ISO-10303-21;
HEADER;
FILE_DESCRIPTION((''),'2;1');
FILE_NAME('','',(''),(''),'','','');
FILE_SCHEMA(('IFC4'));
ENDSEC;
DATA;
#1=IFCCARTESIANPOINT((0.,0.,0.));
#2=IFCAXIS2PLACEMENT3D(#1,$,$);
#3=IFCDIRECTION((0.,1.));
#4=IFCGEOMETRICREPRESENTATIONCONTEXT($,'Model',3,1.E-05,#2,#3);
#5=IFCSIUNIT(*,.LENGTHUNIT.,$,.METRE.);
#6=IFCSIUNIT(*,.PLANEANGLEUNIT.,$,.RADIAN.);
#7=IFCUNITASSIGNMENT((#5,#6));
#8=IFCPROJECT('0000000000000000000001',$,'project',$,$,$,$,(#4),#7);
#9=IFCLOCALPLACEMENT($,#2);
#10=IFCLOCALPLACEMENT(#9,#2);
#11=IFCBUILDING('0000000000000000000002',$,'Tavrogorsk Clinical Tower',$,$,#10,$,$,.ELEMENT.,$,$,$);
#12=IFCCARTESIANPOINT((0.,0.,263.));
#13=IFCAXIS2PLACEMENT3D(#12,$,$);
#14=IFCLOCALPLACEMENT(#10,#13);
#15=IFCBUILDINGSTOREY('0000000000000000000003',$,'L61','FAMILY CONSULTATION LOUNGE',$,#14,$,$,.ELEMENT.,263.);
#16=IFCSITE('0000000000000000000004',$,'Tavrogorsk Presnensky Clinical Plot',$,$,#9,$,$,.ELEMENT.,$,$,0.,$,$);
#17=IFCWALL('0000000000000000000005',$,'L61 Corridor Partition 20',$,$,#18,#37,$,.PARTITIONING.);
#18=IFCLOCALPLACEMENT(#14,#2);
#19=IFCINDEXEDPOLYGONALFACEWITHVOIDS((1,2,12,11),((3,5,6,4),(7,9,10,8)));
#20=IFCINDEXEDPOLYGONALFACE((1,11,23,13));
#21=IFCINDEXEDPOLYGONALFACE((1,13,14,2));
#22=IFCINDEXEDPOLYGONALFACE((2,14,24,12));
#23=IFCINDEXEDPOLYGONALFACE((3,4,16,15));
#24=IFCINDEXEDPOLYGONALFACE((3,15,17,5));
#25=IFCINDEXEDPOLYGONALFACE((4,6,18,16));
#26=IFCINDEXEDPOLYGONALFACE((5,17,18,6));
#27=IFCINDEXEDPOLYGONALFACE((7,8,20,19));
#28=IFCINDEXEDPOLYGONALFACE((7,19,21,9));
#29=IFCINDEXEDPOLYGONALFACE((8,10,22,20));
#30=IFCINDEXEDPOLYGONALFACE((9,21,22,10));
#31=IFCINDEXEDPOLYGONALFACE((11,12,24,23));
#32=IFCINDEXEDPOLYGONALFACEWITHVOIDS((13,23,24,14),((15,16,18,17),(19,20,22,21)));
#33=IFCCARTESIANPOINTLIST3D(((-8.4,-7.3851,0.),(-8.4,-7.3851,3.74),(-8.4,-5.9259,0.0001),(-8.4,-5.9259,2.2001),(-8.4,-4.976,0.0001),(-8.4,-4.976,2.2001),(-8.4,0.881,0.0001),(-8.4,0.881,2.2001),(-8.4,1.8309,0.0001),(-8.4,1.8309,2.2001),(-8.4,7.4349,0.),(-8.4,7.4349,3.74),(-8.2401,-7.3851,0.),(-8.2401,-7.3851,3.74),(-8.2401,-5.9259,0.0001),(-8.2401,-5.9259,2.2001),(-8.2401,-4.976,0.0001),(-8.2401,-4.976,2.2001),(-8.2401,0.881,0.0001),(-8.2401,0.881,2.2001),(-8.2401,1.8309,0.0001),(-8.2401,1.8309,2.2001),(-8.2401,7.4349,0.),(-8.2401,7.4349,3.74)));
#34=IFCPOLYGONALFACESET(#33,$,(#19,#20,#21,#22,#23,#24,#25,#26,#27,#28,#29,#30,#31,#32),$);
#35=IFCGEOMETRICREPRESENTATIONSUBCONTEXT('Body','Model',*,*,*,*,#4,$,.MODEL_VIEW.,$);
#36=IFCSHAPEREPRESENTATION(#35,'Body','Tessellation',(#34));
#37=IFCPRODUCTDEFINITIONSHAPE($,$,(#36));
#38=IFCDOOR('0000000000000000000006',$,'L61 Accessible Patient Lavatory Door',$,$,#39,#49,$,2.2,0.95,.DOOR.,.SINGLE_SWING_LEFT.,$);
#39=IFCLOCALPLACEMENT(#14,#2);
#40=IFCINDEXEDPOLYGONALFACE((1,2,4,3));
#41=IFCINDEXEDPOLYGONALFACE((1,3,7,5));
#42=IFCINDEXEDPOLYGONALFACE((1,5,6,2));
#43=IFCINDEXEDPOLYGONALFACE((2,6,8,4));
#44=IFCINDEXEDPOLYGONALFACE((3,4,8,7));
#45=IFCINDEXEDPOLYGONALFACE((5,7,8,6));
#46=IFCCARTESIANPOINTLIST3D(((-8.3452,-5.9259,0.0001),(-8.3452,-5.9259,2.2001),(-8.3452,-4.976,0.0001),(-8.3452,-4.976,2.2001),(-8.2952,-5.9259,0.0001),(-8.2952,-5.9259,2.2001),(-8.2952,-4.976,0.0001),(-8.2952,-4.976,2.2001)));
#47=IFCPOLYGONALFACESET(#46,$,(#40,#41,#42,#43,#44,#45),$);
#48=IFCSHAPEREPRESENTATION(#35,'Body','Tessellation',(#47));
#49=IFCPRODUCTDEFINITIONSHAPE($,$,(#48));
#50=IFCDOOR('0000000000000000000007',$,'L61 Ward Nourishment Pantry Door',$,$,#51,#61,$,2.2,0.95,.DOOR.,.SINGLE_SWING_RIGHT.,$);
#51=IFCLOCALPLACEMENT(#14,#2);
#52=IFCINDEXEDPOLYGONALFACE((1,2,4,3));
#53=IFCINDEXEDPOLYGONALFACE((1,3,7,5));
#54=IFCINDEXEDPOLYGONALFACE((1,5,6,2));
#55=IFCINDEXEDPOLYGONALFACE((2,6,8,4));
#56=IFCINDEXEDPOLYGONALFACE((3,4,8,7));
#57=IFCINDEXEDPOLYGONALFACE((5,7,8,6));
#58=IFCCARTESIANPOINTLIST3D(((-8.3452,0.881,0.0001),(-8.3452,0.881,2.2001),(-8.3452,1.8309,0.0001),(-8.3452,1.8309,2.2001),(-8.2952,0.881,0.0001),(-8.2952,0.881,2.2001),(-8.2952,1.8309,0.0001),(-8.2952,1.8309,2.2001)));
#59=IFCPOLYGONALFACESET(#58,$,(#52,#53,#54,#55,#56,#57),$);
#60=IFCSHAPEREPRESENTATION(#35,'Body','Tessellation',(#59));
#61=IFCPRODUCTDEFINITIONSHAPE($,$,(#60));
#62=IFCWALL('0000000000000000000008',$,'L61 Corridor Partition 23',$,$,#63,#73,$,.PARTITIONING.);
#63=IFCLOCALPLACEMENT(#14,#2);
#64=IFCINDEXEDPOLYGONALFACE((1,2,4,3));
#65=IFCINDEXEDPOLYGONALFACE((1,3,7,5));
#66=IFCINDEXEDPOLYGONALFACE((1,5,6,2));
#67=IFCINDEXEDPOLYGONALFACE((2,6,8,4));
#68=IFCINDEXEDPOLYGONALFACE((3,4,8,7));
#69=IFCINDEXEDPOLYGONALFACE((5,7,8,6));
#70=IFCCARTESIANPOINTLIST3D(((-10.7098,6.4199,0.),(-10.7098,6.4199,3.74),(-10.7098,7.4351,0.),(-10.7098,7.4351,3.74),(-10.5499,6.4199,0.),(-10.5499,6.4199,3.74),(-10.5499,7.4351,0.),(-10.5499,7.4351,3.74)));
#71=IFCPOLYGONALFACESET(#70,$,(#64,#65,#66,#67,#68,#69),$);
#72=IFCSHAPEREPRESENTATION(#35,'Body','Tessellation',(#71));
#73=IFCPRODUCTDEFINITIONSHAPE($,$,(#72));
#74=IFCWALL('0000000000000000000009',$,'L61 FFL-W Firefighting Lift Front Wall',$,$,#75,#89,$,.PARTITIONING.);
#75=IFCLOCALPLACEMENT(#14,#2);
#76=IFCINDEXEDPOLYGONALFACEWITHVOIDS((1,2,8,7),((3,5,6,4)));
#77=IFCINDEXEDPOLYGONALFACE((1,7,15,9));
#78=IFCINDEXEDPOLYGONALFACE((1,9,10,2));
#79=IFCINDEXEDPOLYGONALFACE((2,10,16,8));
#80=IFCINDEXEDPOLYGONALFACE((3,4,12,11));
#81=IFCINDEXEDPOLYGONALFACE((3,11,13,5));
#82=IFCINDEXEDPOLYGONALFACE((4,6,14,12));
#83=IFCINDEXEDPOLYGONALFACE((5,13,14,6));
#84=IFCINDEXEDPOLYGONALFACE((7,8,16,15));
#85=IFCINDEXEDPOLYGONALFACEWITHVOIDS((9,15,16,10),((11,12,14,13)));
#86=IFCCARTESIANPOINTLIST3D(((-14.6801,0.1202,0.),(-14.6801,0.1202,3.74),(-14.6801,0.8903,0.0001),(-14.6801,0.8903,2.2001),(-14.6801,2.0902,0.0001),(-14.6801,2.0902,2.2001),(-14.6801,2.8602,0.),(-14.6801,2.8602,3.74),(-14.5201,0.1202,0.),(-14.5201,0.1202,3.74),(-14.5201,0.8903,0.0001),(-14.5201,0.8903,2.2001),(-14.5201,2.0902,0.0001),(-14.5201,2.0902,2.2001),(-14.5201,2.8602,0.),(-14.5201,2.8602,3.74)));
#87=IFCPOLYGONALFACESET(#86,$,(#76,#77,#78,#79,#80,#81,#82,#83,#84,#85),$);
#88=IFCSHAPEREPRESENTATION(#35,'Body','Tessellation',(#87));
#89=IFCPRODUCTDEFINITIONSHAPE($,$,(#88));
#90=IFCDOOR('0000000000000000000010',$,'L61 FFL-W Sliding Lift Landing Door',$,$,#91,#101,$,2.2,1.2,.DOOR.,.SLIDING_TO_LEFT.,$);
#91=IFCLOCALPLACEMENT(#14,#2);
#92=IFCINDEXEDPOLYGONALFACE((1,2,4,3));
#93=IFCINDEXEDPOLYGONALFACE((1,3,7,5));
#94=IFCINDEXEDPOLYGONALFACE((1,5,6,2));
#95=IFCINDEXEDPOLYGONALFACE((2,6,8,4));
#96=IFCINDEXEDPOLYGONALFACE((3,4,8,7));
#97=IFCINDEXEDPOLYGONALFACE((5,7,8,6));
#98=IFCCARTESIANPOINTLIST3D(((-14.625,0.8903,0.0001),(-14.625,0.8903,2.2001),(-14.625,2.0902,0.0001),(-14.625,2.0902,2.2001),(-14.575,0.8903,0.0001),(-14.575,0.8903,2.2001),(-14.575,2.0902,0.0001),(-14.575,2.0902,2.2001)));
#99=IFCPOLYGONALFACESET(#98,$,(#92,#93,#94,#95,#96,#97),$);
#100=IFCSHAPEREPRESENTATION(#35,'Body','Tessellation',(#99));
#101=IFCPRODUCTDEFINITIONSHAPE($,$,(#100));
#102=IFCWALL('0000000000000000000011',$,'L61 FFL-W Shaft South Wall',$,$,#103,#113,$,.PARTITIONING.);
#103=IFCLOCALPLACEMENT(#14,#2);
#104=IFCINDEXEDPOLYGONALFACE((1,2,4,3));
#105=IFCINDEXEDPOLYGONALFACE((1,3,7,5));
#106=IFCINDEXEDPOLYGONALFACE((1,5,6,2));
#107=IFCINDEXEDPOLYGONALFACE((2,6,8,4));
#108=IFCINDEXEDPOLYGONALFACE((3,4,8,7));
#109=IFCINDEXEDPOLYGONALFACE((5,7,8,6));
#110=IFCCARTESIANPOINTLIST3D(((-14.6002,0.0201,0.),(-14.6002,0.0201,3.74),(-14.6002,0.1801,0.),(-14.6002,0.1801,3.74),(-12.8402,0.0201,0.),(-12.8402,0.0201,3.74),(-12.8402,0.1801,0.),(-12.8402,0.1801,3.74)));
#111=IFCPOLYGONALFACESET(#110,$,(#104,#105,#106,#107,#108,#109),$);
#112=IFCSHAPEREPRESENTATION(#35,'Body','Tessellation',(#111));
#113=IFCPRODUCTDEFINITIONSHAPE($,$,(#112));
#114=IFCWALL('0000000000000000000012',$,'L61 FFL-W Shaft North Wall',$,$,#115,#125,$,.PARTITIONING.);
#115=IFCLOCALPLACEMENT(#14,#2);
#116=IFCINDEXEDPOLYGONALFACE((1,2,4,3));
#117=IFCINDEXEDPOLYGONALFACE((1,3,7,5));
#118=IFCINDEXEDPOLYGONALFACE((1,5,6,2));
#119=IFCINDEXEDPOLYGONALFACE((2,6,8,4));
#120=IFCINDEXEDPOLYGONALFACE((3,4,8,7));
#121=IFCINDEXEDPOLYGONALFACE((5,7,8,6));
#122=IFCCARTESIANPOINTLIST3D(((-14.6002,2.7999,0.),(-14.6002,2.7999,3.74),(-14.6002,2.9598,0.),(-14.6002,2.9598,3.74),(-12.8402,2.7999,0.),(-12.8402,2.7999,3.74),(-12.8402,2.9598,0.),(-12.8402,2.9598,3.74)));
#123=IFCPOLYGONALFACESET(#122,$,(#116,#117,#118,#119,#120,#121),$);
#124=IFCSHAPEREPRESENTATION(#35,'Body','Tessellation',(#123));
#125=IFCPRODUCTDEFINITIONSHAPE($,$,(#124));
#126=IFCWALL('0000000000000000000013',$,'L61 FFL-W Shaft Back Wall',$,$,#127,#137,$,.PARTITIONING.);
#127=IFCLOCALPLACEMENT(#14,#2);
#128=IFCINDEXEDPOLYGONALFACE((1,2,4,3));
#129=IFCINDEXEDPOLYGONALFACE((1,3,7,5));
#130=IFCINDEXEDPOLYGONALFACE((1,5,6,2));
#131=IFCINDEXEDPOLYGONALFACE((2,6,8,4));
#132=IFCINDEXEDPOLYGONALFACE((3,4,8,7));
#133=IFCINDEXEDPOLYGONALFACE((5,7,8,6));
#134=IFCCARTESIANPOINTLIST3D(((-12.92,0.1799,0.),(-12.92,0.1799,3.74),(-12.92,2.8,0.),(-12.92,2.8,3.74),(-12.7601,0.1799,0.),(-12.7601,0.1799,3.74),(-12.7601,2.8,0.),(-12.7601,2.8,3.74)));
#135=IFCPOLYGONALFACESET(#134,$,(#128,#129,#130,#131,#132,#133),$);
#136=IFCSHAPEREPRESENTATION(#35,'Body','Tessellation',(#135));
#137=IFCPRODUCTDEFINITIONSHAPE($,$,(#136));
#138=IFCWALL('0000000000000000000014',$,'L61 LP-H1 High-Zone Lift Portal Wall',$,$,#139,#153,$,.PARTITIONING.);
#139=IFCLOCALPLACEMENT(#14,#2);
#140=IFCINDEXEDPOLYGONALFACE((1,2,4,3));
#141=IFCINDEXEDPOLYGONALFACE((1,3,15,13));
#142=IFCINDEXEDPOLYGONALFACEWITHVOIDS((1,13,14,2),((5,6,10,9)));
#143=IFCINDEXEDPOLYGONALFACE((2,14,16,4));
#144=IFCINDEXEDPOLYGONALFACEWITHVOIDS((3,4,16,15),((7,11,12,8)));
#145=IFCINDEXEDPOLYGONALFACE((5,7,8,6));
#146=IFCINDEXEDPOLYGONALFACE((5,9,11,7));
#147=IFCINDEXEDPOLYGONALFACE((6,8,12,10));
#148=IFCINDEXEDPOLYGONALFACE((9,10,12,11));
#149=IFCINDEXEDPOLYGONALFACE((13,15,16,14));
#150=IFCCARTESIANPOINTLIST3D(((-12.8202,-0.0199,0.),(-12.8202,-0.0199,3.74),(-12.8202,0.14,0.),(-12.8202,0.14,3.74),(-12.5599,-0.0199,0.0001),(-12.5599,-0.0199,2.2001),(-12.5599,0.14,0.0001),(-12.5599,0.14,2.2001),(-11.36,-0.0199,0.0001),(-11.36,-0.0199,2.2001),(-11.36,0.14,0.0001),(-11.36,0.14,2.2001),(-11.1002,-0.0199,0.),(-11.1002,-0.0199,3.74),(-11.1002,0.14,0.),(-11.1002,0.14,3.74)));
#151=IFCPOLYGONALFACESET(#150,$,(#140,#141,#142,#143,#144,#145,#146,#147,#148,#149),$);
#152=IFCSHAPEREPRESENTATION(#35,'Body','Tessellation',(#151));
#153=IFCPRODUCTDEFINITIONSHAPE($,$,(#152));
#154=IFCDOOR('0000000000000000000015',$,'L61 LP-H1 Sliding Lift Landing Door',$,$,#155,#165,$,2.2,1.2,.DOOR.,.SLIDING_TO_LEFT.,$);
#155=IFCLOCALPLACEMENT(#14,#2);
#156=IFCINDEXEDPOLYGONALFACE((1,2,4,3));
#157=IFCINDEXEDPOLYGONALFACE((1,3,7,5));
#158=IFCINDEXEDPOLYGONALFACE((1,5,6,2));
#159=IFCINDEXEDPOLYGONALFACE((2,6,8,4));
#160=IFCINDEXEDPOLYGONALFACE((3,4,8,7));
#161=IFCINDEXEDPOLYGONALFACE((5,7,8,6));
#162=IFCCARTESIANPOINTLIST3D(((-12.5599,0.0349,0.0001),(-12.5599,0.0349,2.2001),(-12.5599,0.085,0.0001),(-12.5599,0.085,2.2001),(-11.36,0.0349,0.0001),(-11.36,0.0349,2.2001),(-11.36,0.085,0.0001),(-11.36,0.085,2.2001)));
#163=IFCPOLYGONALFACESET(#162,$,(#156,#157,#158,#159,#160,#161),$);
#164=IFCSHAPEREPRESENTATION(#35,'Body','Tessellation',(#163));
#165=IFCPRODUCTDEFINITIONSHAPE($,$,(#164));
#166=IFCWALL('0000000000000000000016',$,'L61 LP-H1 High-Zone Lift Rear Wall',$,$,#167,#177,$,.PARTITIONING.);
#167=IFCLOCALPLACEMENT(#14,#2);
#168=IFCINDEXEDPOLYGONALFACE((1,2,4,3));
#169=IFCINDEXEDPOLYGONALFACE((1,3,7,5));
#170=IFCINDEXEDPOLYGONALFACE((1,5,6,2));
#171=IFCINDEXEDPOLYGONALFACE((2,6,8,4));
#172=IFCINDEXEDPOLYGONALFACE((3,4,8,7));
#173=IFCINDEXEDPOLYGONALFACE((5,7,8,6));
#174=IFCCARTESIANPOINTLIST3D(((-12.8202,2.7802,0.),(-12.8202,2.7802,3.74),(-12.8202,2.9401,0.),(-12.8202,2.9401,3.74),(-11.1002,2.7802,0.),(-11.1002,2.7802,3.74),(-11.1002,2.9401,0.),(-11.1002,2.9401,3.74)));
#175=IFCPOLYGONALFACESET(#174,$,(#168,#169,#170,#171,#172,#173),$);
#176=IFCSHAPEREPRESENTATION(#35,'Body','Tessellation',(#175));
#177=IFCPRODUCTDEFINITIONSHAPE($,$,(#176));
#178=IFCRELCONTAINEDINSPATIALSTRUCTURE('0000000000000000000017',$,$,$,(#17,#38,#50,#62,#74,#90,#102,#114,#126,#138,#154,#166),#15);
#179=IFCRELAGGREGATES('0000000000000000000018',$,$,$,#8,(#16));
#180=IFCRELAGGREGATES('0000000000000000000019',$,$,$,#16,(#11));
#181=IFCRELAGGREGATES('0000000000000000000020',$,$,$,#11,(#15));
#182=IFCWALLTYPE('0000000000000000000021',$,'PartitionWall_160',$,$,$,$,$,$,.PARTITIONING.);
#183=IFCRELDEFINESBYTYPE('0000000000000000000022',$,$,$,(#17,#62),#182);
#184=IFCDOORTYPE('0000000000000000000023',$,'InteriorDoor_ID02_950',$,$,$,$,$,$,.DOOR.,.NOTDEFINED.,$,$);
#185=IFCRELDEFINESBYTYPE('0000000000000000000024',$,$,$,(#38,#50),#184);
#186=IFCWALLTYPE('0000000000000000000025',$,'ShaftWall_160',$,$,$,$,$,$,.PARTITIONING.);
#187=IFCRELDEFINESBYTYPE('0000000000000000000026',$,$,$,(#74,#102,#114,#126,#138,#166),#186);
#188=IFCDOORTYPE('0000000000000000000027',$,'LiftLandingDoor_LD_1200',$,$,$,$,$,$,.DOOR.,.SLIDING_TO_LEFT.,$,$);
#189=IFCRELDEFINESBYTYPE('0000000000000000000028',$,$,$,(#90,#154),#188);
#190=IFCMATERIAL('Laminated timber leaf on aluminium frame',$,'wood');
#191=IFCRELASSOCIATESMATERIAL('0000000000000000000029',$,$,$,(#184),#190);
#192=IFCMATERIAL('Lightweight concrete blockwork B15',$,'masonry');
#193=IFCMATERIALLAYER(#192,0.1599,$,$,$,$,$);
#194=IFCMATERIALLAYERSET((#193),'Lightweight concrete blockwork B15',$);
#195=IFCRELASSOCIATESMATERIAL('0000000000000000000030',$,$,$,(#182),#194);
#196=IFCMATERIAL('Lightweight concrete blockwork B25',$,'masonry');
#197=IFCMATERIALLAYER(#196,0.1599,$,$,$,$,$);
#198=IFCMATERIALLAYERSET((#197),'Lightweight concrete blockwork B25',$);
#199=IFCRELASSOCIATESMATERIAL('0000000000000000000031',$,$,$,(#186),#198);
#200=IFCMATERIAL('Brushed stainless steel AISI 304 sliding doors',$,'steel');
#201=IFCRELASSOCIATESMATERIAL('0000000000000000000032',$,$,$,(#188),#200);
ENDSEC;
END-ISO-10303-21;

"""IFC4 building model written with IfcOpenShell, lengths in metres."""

from ifc_helpers import new_model, si_unit, direction, frame, frame_2d, origin, place, context, subcontext, project, spatial, rectangle, extrude, material, layer, layer_set, type_object, element, fill, save


model = new_model("IFC4")

# Units and contexts
model_context = context("Model", 3, precision=1e-05, world=origin(), true_north=direction((0.0, 1.0)))
body_context = subcontext(model_context, "Body", "Model", "MODEL_VIEW")
ifc_project = project(units=[si_unit("LENGTHUNIT", "METRE"), si_unit("PLANEANGLEUNIT", "RADIAN")], contexts=[model_context])

# Site, building, storey
site_placement = place(None, origin())
site = spatial("IfcSite", under=ifc_project, at=site_placement, Name="Tavrogorsk Presnensky Clinical Plot", CompositionType="ELEMENT", RefElevation=0.0)
building_placement = place(site_placement, origin())
building = spatial("IfcBuilding", under=site, at=building_placement, Name="Tavrogorsk Clinical Tower", CompositionType="ELEMENT")
storey_placement = place(building_placement, frame((0.0, 0.0, 263.0)))
storey = spatial("IfcBuildingStorey", under=building, at=storey_placement, Name="L61", Description="FAMILY CONSULTATION LOUNGE", CompositionType="ELEMENT", Elevation=263.0)

# Shared definitions
ifc_material_1 = material(Name="Laminated timber leaf on aluminium frame", Category="wood")
door_type_1 = type_object("IfcDoorType", Name="InteriorDoor_ID02_950", OperationType="NOTDEFINED", PredefinedType="DOOR", material=ifc_material_1)

# Wall, openings, doors
ifc_material_2 = material(Name="Lightweight concrete blockwork B15", Category="masonry")
ifc_layer_1 = layer(ifc_material_2, 0.1599)
ifc_layer_set_1 = layer_set([ifc_layer_1], Name="Lightweight concrete blockwork B15")
wall_type_1 = type_object("IfcWallType", Name="PartitionWall_160", PredefinedType="PARTITIONING", material=ifc_layer_set_1)
wall_1_placement = place(storey_placement, frame((-8.3201, 7.4351, 0.0), z_axis=(0.0, 0.0, 1.0), x_axis=(0.0, -1.0, 0.0)))
wall_1 = element("IfcWall", 1, at=wall_1_placement, inside=storey, type_object=wall_type_1, Name="L61 Corridor Partition 20", PredefinedType="PARTITIONING", context=body_context, shape_type="SweptSolid", body=[
    extrude(rectangle(XDim=14.8201, YDim=0.1599, at=frame_2d((7.4102, 0.0))), origin(), (0.0, 0.0, 1.0), 3.74),
])
opening_1_placement = place(wall_1_placement, frame((12.4109, 0.0, 0.0)))
opening_1 = element("IfcOpeningElement", 2, at=opening_1_placement, cuts=wall_1, PredefinedType="OPENING", context=body_context, shape_type="SweptSolid", body=[
    extrude(rectangle(XDim=0.95, YDim=2.2, at=frame_2d((0.4751, 1.1001))), frame((0.0, 0.0898, 0.0), z_axis=(0.0, -1.0, 0.0), x_axis=(1.0, 0.0, 0.0)), (0.0, 0.0, 1.0), 0.1799),
])
opening_2_placement = place(wall_1_placement, frame((5.604, 0.0, 0.0)))
opening_2 = element("IfcOpeningElement", 3, at=opening_2_placement, cuts=wall_1, PredefinedType="OPENING", context=body_context, shape_type="SweptSolid", body=[
    extrude(rectangle(XDim=0.95, YDim=2.2, at=frame_2d((0.4751, 1.1001))), frame((0.0, 0.0898, 0.0), z_axis=(0.0, -1.0, 0.0), x_axis=(1.0, 0.0, 0.0)), (0.0, 0.0, 1.0), 0.1799),
])
door_1_placement = place(opening_1_placement, origin())
door_1 = element("IfcDoor", 4, at=door_1_placement, inside=storey, type_object=door_type_1, Name="L61 Accessible Patient Lavatory Door", OperationType="SINGLE_SWING_LEFT", OverallHeight=2.2, OverallWidth=0.95, PredefinedType="DOOR", context=body_context, shape_type="SweptSolid", body=[
    extrude(rectangle(XDim=0.95, YDim=2.2, at=frame_2d((0.4751, 1.1001))), frame((0.0, 0.0249, 0.0), z_axis=(0.0, -1.0, 0.0), x_axis=(1.0, 0.0, 0.0)), (0.0, 0.0, 1.0), 0.05),
])
fill(opening_1, door_1)
door_2_placement = place(opening_2_placement, origin())
door_2 = element("IfcDoor", 5, at=door_2_placement, inside=storey, type_object=door_type_1, Name="L61 Ward Nourishment Pantry Door", OperationType="SINGLE_SWING_RIGHT", OverallHeight=2.2, OverallWidth=0.95, PredefinedType="DOOR", context=body_context, shape_type="SweptSolid", body=[
    extrude(rectangle(XDim=0.95, YDim=2.2, at=frame_2d((0.4751, 1.1001))), frame((0.0, 0.0249, 0.0), z_axis=(0.0, -1.0, 0.0), x_axis=(1.0, 0.0, 0.0)), (0.0, 0.0, 1.0), 0.05),
])
fill(opening_2, door_2)

# Wall
wall_2_placement = place(storey_placement, frame((-10.6299, 6.4199, 0.0), z_axis=(0.0, 0.0, 1.0), x_axis=(0.0, 1.0, 0.0)))
element("IfcWall", 6, at=wall_2_placement, inside=storey, type_object=wall_type_1, Name="L61 Corridor Partition 23", PredefinedType="PARTITIONING", context=body_context, shape_type="SweptSolid", body=[
    extrude(rectangle(XDim=1.0151, YDim=0.1599, at=frame_2d((0.5076, 0.0))), origin(), (0.0, 0.0, 1.0), 3.74),
])

# Wall, opening, door
ifc_material_3 = material(Name="Lightweight concrete blockwork B25", Category="masonry")
ifc_layer_2 = layer(ifc_material_3, 0.1599)
ifc_layer_set_2 = layer_set([ifc_layer_2], Name="Lightweight concrete blockwork B25")
wall_type_2 = type_object("IfcWallType", Name="ShaftWall_160", PredefinedType="PARTITIONING", material=ifc_layer_set_2)
wall_3_placement = place(storey_placement, frame((-14.6001, 0.1201, 0.0), z_axis=(0.0, 0.0, 1.0), x_axis=(0.0, 1.0, 0.0)))
wall_3 = element("IfcWall", 7, at=wall_3_placement, inside=storey, type_object=wall_type_2, Name="L61 FFL-W Firefighting Lift Front Wall", PredefinedType="PARTITIONING", context=body_context, shape_type="SweptSolid", body=[
    extrude(rectangle(XDim=2.74, YDim=0.1599, at=frame_2d((1.3701, 0.0))), origin(), (0.0, 0.0, 1.0), 3.74),
])
opening_3_placement = place(wall_3_placement, frame((0.77, 0.0, 0.0)))
opening_3 = element("IfcOpeningElement", 8, at=opening_3_placement, cuts=wall_3, PredefinedType="OPENING", context=body_context, shape_type="SweptSolid", body=[
    extrude(rectangle(XDim=1.2, YDim=2.2, at=frame_2d((0.6001, 1.1001))), frame((0.0, 0.0898, 0.0), z_axis=(0.0, -1.0, 0.0), x_axis=(1.0, 0.0, 0.0)), (0.0, 0.0, 1.0), 0.1799),
])
ifc_material_4 = material(Name="Brushed stainless steel AISI 304 sliding doors", Category="steel")
door_type_2 = type_object("IfcDoorType", Name="LiftLandingDoor_LD_1200", OperationType="SLIDING_TO_LEFT", PredefinedType="DOOR", material=ifc_material_4)
door_3_placement = place(opening_3_placement, origin())
door_3 = element("IfcDoor", 9, at=door_3_placement, inside=storey, type_object=door_type_2, Name="L61 FFL-W Sliding Lift Landing Door", OperationType="SLIDING_TO_LEFT", OverallHeight=2.2, OverallWidth=1.2, PredefinedType="DOOR", context=body_context, shape_type="SweptSolid", body=[
    extrude(rectangle(XDim=1.2, YDim=2.2, at=frame_2d((0.6001, 1.1001))), frame((0.0, 0.0249, 0.0), z_axis=(0.0, -1.0, 0.0), x_axis=(1.0, 0.0, 0.0)), (0.0, 0.0, 1.0), 0.05),
])
fill(opening_3, door_3)

# Walls
for number, where, z_axis, x_axis, name in (
    (10, (-14.6001, 0.1001, 0.0), (0.0, 0.0, 1.0), (1.0, 0.0, 0.0), "L61 FFL-W Shaft South Wall"),
    (11, (-14.6001, 2.8799, 0.0), (0.0, 0.0, 1.0), (1.0, 0.0, 0.0), "L61 FFL-W Shaft North Wall"),
):
    element("IfcWall", number, at=place(storey_placement, frame(where, z_axis=z_axis, x_axis=x_axis)), inside=storey, type_object=wall_type_2, Name=name, PredefinedType="PARTITIONING", context=body_context, shape_type="SweptSolid", body=[
        extrude(rectangle(XDim=1.76, YDim=0.1599, at=frame_2d((0.8799, 0.0))), origin(), (0.0, 0.0, 1.0), 3.74),
    ])
wall_4_placement = place(storey_placement, frame((-12.8401, 0.1799, 0.0), z_axis=(0.0, 0.0, 1.0), x_axis=(0.0, 1.0, 0.0)))
element("IfcWall", 12, at=wall_4_placement, inside=storey, type_object=wall_type_2, Name="L61 FFL-W Shaft Back Wall", PredefinedType="PARTITIONING", context=body_context, shape_type="SweptSolid", body=[
    extrude(rectangle(XDim=2.6201, YDim=0.1599, at=frame_2d((1.3101, 0.0))), origin(), (0.0, 0.0, 1.0), 3.74),
])

# Wall, opening, door
wall_5_placement = place(storey_placement, frame((-12.8201, 0.0601, 0.0), z_axis=(0.0, 0.0, 1.0), x_axis=(1.0, 0.0, 0.0)))
wall_5 = element("IfcWall", 13, at=wall_5_placement, inside=storey, type_object=wall_type_2, Name="L61 LP-H1 High-Zone Lift Portal Wall", PredefinedType="PARTITIONING", context=body_context, shape_type="SweptSolid", body=[
    extrude(rectangle(XDim=1.72, YDim=0.1599, at=frame_2d((0.8599, 0.0))), origin(), (0.0, 0.0, 1.0), 3.74),
])
opening_4_placement = place(wall_5_placement, frame((0.26, 0.0, 0.0)))
opening_4 = element("IfcOpeningElement", 14, at=opening_4_placement, cuts=wall_5, PredefinedType="OPENING", context=body_context, shape_type="SweptSolid", body=[
    extrude(rectangle(XDim=1.2, YDim=2.2, at=frame_2d((0.6001, 1.1001))), frame((0.0, 0.0898, 0.0), z_axis=(0.0, -1.0, 0.0), x_axis=(1.0, 0.0, 0.0)), (0.0, 0.0, 1.0), 0.1799),
])
door_4_placement = place(opening_4_placement, origin())
door_4 = element("IfcDoor", 15, at=door_4_placement, inside=storey, type_object=door_type_2, Name="L61 LP-H1 Sliding Lift Landing Door", OperationType="SLIDING_TO_LEFT", OverallHeight=2.2, OverallWidth=1.2, PredefinedType="DOOR", context=body_context, shape_type="SweptSolid", body=[
    extrude(rectangle(XDim=1.2, YDim=2.2, at=frame_2d((0.6001, 1.1001))), frame((0.0, 0.0249, 0.0), z_axis=(0.0, -1.0, 0.0), x_axis=(1.0, 0.0, 0.0)), (0.0, 0.0, 1.0), 0.05),
])
fill(opening_4, door_4)

# Wall
wall_6_placement = place(storey_placement, frame((-12.8201, 2.8601, 0.0), z_axis=(0.0, 0.0, 1.0), x_axis=(1.0, 0.0, 0.0)))
element("IfcWall", 16, at=wall_6_placement, inside=storey, type_object=wall_type_2, Name="L61 LP-H1 High-Zone Lift Rear Wall", PredefinedType="PARTITIONING", context=body_context, shape_type="SweptSolid", body=[
    extrude(rectangle(XDim=1.72, YDim=0.1599, at=frame_2d((0.8599, 0.0))), origin(), (0.0, 0.0, 1.0), 3.74),
])

save(model, "model.ifc")
